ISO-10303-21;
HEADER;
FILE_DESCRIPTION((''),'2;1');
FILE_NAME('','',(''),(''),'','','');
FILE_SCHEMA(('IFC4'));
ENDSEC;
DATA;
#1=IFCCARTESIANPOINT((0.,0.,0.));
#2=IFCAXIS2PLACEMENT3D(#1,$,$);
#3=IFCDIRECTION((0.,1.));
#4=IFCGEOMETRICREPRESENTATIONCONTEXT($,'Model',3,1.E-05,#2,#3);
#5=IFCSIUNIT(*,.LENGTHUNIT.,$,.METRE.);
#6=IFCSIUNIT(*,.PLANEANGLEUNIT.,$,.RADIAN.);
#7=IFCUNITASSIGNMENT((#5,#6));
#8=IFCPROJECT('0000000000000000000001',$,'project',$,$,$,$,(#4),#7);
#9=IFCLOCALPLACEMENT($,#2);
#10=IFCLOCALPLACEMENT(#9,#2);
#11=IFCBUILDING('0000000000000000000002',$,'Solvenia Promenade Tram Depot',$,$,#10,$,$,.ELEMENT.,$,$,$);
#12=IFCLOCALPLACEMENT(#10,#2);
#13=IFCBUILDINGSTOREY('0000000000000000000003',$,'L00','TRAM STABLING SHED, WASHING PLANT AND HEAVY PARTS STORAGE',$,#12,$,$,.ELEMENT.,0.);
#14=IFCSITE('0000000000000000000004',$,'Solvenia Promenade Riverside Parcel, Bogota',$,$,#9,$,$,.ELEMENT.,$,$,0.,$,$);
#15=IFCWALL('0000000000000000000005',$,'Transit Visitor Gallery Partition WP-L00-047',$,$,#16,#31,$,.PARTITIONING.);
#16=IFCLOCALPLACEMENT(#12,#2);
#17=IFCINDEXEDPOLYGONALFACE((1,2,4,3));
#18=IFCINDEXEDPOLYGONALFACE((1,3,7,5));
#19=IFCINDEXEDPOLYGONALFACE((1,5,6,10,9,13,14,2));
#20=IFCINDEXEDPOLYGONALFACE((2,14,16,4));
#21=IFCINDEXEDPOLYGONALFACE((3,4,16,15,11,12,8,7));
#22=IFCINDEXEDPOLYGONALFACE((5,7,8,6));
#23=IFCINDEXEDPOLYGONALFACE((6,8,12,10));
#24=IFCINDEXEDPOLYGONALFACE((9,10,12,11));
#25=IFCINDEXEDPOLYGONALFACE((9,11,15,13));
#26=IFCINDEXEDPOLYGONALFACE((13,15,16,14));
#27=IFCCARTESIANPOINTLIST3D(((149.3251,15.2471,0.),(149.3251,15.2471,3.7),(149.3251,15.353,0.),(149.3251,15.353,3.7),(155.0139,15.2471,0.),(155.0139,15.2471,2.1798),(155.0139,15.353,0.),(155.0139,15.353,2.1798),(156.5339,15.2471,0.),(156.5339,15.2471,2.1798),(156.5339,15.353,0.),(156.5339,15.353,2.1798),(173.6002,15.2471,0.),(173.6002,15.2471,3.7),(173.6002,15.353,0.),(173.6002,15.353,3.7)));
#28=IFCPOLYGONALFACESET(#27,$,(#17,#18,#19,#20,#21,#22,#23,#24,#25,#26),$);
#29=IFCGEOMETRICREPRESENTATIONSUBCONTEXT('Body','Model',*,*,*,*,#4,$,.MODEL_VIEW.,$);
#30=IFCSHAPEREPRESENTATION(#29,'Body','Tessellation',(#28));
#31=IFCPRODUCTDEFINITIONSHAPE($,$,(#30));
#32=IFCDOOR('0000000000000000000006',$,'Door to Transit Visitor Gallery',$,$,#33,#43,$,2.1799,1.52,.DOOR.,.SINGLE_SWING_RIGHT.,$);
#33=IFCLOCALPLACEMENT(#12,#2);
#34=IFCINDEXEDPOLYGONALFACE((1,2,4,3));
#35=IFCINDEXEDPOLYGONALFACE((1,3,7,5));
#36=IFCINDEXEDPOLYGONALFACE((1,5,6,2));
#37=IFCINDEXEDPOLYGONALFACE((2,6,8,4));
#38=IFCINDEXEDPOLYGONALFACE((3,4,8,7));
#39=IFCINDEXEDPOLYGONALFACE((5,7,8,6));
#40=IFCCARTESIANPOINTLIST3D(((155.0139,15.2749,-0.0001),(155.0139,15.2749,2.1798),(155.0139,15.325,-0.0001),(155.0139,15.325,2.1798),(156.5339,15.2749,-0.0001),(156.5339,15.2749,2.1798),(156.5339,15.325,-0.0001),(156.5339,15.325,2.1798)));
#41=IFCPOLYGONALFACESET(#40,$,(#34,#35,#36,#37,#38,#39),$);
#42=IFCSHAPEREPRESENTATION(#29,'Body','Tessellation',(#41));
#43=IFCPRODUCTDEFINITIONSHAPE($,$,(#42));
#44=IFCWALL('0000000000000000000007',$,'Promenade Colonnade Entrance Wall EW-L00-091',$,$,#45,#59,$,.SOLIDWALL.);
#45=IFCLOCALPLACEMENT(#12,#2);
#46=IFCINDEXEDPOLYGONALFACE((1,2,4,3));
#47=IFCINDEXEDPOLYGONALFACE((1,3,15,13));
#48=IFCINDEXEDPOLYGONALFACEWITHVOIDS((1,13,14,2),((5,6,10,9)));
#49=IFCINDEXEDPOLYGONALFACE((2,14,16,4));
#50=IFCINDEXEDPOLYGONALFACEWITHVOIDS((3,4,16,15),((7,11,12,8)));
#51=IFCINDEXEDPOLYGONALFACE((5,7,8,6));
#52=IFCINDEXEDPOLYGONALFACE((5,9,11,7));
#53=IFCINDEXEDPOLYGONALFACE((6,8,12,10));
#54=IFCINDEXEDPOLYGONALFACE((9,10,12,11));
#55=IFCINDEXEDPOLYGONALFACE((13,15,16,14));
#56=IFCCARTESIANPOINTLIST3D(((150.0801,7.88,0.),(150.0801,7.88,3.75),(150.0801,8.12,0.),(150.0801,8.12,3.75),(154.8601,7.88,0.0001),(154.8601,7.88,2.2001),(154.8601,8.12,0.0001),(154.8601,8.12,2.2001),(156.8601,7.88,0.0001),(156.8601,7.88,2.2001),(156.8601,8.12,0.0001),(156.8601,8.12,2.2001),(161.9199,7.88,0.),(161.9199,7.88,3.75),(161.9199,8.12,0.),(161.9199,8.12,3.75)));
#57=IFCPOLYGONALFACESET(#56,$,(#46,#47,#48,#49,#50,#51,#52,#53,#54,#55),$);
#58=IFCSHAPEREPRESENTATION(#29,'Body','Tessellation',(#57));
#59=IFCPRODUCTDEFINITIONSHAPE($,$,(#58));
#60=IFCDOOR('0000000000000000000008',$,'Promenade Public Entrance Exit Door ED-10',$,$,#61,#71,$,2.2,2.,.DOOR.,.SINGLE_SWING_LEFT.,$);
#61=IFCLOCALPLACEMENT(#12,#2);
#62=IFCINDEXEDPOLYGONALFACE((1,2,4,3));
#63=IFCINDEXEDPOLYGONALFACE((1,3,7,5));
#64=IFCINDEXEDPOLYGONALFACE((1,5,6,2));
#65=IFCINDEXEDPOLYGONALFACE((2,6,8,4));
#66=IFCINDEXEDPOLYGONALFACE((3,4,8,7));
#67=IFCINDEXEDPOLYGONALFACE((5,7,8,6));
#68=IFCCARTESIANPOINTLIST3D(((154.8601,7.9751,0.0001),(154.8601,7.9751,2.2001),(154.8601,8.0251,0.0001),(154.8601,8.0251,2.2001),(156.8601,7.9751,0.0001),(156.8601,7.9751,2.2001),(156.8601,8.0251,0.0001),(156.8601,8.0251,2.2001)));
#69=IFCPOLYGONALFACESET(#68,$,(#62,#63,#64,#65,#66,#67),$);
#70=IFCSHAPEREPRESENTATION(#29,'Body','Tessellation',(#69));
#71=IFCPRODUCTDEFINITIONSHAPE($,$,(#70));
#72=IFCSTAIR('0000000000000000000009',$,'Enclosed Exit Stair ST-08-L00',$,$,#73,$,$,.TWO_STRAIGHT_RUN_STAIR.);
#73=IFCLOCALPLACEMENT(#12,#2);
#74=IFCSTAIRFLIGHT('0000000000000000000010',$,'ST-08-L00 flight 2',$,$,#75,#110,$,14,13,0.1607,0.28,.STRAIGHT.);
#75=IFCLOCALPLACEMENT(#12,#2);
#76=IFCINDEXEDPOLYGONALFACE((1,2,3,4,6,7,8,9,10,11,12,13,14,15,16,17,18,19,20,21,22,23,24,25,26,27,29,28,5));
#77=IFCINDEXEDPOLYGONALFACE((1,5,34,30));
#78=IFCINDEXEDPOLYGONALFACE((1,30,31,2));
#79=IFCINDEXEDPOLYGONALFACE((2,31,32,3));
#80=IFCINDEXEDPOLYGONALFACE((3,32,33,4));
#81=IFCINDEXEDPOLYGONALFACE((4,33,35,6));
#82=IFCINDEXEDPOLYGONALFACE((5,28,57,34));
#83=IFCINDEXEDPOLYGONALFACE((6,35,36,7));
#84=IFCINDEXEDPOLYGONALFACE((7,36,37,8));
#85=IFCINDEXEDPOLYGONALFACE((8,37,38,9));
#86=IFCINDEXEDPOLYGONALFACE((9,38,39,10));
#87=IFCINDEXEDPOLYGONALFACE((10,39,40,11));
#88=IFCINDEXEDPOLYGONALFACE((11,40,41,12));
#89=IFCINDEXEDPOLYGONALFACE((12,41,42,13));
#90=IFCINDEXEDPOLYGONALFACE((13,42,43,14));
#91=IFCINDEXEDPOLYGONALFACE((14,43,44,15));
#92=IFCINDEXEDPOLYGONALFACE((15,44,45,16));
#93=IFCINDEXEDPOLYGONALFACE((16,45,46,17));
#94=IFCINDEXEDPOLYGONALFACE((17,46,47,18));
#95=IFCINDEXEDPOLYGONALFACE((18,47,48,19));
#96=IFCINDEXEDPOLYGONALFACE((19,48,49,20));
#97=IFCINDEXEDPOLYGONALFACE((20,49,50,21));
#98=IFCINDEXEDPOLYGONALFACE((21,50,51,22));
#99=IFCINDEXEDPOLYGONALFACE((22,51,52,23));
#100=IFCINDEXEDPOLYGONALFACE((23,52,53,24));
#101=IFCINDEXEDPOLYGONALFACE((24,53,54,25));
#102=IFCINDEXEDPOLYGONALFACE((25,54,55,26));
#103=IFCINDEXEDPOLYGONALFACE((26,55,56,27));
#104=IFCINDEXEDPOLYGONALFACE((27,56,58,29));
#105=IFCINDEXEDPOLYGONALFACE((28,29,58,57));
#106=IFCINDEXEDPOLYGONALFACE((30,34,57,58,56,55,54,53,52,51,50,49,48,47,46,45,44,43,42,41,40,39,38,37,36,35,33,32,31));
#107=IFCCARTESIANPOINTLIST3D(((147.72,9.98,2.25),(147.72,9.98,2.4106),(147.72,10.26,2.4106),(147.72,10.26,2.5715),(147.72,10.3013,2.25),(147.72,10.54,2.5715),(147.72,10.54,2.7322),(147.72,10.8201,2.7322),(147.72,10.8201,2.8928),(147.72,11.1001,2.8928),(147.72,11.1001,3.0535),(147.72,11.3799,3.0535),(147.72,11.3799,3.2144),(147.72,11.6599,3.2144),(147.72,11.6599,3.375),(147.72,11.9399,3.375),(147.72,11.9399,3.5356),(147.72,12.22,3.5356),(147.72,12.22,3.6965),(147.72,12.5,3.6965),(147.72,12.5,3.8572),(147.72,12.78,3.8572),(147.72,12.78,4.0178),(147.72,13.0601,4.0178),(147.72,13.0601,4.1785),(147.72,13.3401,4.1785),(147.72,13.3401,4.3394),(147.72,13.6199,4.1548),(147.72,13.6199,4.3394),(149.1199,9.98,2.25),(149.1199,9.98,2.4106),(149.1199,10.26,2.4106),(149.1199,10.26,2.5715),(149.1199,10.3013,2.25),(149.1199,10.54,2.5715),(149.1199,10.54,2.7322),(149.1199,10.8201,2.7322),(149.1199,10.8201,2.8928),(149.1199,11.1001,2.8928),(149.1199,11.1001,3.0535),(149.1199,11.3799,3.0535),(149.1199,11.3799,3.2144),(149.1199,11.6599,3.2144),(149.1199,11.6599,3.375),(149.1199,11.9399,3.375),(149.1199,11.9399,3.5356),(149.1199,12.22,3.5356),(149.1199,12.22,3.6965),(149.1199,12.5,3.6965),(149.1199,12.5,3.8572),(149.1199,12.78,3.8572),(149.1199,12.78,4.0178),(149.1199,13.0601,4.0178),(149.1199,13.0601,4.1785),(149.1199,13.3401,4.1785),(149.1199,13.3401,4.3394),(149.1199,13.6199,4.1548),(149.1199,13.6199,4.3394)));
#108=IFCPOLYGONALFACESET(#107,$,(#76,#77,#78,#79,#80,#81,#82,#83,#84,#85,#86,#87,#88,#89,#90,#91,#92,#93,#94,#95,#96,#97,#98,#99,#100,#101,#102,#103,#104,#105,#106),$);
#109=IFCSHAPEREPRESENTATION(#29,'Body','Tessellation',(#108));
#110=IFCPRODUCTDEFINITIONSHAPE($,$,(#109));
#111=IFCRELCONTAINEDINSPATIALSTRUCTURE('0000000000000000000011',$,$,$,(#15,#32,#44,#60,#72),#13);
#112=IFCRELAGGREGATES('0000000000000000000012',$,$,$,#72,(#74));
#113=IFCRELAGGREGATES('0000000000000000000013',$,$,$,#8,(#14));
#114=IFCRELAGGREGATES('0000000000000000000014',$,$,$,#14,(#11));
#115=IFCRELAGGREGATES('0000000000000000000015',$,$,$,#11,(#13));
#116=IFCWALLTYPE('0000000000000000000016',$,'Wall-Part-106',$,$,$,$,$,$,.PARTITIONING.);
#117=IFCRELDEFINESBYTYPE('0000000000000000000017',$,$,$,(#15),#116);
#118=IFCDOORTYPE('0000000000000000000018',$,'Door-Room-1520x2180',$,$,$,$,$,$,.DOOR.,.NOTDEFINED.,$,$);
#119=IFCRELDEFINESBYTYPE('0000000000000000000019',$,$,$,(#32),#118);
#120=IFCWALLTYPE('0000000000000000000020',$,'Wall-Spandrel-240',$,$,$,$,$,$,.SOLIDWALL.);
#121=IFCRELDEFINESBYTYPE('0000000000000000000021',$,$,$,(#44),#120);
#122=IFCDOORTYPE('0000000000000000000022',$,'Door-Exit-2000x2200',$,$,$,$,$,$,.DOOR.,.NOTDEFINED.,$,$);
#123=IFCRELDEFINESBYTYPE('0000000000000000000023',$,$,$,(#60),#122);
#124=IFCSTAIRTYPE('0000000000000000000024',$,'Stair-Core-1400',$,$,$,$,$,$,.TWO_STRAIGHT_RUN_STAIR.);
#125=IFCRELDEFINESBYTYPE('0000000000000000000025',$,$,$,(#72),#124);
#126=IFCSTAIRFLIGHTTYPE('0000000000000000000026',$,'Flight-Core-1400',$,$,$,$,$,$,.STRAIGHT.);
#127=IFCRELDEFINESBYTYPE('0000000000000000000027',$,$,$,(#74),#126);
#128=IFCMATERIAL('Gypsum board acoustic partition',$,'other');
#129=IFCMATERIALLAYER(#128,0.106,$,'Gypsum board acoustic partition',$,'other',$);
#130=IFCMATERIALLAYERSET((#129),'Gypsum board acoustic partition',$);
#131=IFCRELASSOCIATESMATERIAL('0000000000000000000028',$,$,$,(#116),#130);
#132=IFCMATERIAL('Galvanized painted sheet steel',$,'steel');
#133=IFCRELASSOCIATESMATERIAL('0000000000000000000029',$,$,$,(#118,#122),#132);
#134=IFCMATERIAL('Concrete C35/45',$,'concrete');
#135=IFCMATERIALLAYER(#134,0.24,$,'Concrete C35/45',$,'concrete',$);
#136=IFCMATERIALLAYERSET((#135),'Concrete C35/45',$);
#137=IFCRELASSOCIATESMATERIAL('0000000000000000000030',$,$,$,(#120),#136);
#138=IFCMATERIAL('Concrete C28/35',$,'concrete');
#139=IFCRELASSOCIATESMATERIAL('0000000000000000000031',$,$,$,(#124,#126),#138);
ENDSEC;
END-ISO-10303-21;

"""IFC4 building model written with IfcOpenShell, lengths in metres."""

from ifc_helpers import new_model, si_unit, direction, frame, frame_2d, origin, place, context, subcontext, project, spatial, polyline, rectangle, outline, extrude, material, layer, layer_set, type_object, element, fill, aggregate, save


model = new_model("IFC4")

# Units and contexts
model_context = context("Model", 3, precision=1e-05, world=origin(), true_north=direction((0.0, 1.0)))
body_context = subcontext(model_context, "Body", "Model", "MODEL_VIEW")
ifc_project = project(units=[si_unit("LENGTHUNIT", "METRE"), si_unit("PLANEANGLEUNIT", "RADIAN")], contexts=[model_context])

# Site, building, storey
site_placement = place(None, origin())
site = spatial("IfcSite", under=ifc_project, at=site_placement, Name="Solvenia Promenade Riverside Parcel, Bogota", CompositionType="ELEMENT", RefElevation=0.0)
building_placement = place(site_placement, origin())
building = spatial("IfcBuilding", under=site, at=building_placement, Name="Solvenia Promenade Tram Depot", CompositionType="ELEMENT")
storey_placement = place(building_placement, origin())
storey = spatial("IfcBuildingStorey", under=building, at=storey_placement, Name="L00", Description="TRAM STABLING SHED, WASHING PLANT AND HEAVY PARTS STORAGE", CompositionType="ELEMENT", Elevation=0.0)

# Shared definitions
ifc_material_1 = material(Name="Concrete C28/35", Category="concrete")

# Walls, openings, doors
ifc_material_2 = material(Name="Gypsum board acoustic partition", Category="other")
ifc_layer_1 = layer(ifc_material_2, 0.106, Name="Gypsum board acoustic partition", Category="other")
ifc_layer_set_1 = layer_set([ifc_layer_1], Name="Gypsum board acoustic partition")
wall_type_1 = type_object("IfcWallType", Name="Wall-Part-106", PredefinedType="PARTITIONING", material=ifc_layer_set_1)
wall_1_placement = place(storey_placement, frame((149.325, 15.3, 0.0), z_axis=(0.0, 0.0, 1.0), x_axis=(1.0, 0.0, 0.0)))
wall_1 = element("IfcWall", 1, at=wall_1_placement, inside=storey, type_object=wall_type_1, Name="Transit Visitor Gallery Partition WP-L00-047", PredefinedType="PARTITIONING", context=body_context, shape_type="SweptSolid", body=[
    extrude(rectangle(XDim=24.2751, YDim=0.106, at=frame_2d((12.1377, 0.0))), origin(), (0.0, 0.0, 1.0), 3.7),
])
opening_1_placement = place(wall_1_placement, frame((5.689, 0.0, 0.0)))
opening_1 = element("IfcOpeningElement", 2, at=opening_1_placement, cuts=wall_1, PredefinedType="OPENING", context=body_context, shape_type="SweptSolid", body=[
    extrude(rectangle(XDim=1.52, YDim=2.1799, at=frame_2d((0.76, 1.0898))), frame((0.0, 0.063, 0.0), z_axis=(0.0, -1.0, 0.0), x_axis=(1.0, 0.0, 0.0)), (0.0, 0.0, 1.0), 0.126),
])
ifc_material_3 = material(Name="Galvanized painted sheet steel", Category="steel")
door_type_1 = type_object("IfcDoorType", Name="Door-Room-1520x2180", OperationType="NOTDEFINED", PredefinedType="DOOR", material=ifc_material_3)
door_1_placement = place(opening_1_placement, origin())
door_1 = element("IfcDoor", 3, at=door_1_placement, inside=storey, type_object=door_type_1, Name="Door to Transit Visitor Gallery", OperationType="SINGLE_SWING_RIGHT", OverallHeight=2.1799, OverallWidth=1.52, PredefinedType="DOOR", context=body_context, shape_type="SweptSolid", body=[
    extrude(rectangle(XDim=1.52, YDim=2.1799, at=frame_2d((0.76, 1.0898))), frame((0.0, 0.0249, 0.0), z_axis=(0.0, -1.0, 0.0), x_axis=(1.0, 0.0, 0.0)), (0.0, 0.0, 1.0), 0.05),
])
fill(opening_1, door_1)
ifc_material_4 = material(Name="Concrete C35/45", Category="concrete")
ifc_layer_2 = layer(ifc_material_4, 0.24, Name="Concrete C35/45", Category="concrete")
ifc_layer_set_2 = layer_set([ifc_layer_2], Name="Concrete C35/45")
wall_type_2 = type_object("IfcWallType", Name="Wall-Spandrel-240", PredefinedType="SOLIDWALL", material=ifc_layer_set_2)
wall_2_placement = place(storey_placement, frame((150.0801, 8.0, 0.0), z_axis=(0.0, 0.0, 1.0), x_axis=(1.0, 0.0, 0.0)))
wall_2 = element("IfcWall", 4, at=wall_2_placement, inside=storey, type_object=wall_type_2, Name="Promenade Colonnade Entrance Wall EW-L00-091", PredefinedType="SOLIDWALL", context=body_context, shape_type="SweptSolid", body=[
    extrude(rectangle(XDim=11.8398, YDim=0.24, at=frame_2d((5.9199, 0.0))), origin(), (0.0, 0.0, 1.0), 3.75),
])
opening_2_placement = place(wall_2_placement, frame((4.78, 0.0, 0.0)))
opening_2 = element("IfcOpeningElement", 5, at=opening_2_placement, cuts=wall_2, PredefinedType="OPENING", context=body_context, shape_type="SweptSolid", body=[
    extrude(rectangle(XDim=2.0, YDim=2.2, at=frame_2d((1.0, 1.1001))), frame((0.0, 0.1299, 0.0), z_axis=(0.0, -1.0, 0.0), x_axis=(1.0, 0.0, 0.0)), (0.0, 0.0, 1.0), 0.26),
])
door_type_2 = type_object("IfcDoorType", Name="Door-Exit-2000x2200", OperationType="NOTDEFINED", PredefinedType="DOOR", material=ifc_material_3)
door_2_placement = place(opening_2_placement, frame((2.0, 0.0, 0.0), z_axis=(0.0, 0.0, 1.0), x_axis=(-1.0, 0.0, 0.0)))
door_2 = element("IfcDoor", 6, at=door_2_placement, inside=storey, type_object=door_type_2, Name="Promenade Public Entrance Exit Door ED-10", OperationType="SINGLE_SWING_LEFT", OverallHeight=2.2, OverallWidth=2.0, PredefinedType="DOOR", context=body_context, shape_type="SweptSolid", body=[
    extrude(rectangle(XDim=2.0, YDim=2.2, at=frame_2d((1.0, 1.1001))), frame((0.0, 0.0249, 0.0), z_axis=(0.0, -1.0, 0.0), x_axis=(1.0, 0.0, 0.0)), (0.0, 0.0, 1.0), 0.05),
])
fill(opening_2, door_2)

# Stair, stair flight
stair_type = type_object("IfcStairType", Name="Stair-Core-1400", PredefinedType="TWO_STRAIGHT_RUN_STAIR", material=ifc_material_1)
stair_placement = place(storey_placement, origin())
stair = element("IfcStair", 7, at=stair_placement, inside=storey, type_object=stair_type, Name="Enclosed Exit Stair ST-08-L00", PredefinedType="TWO_STRAIGHT_RUN_STAIR")
stair_flight_type = type_object("IfcStairFlightType", Name="Flight-Core-1400", PredefinedType="STRAIGHT", material=ifc_material_1)
stair_flight_placement = place(storey_placement, frame((148.4199, 9.98, 2.25), z_axis=(0.0, 0.0, 1.0), x_axis=(0.0, 1.0, 0.0)))
stair_flight = element("IfcStairFlight", 8, at=stair_flight_placement, type_object=stair_flight_type, Name="ST-08-L00 flight 2", NumberOfRisers=14, NumberOfTreads=13, PredefinedType="STRAIGHT", RiserHeight=0.1607, TreadLength=0.28, context=body_context, shape_type="SweptSolid", body=[
    extrude(outline(polyline([(0.0, 0.0), (0.0, 0.1606), (0.28, 0.1606), (0.28, 0.3215), (0.5601, 0.3215), (0.5601, 0.4822), (0.8401, 0.4822), (0.8401, 0.6428), (1.1201, 0.6428), (1.1201, 0.8035), (1.3999, 0.8035), (1.3999, 0.9644), (1.6799, 0.9644), (1.6799, 1.125), (1.96, 1.125), (1.96, 1.2856), (2.24, 1.2856), (2.24, 1.4465), (2.52, 1.4465), (2.52, 1.6072), (2.8, 1.6072), (2.8, 1.7678), (3.0801, 1.7678), (3.0801, 1.9285), (3.3601, 1.9285), (3.3601, 2.0894), (3.6399, 2.0894), (3.6399, 2.25), (3.6399, 1.9048), (0.3213, 0.0), (0.0, 0.0)])), frame((0.0, 0.7, 0.0), z_axis=(0.0, -1.0, 0.0), x_axis=(1.0, 0.0, 0.0)), (0.0, 0.0, 1.0), 1.3999),
])
aggregate(stair, [stair_flight])

save(model, "model.ifc")
